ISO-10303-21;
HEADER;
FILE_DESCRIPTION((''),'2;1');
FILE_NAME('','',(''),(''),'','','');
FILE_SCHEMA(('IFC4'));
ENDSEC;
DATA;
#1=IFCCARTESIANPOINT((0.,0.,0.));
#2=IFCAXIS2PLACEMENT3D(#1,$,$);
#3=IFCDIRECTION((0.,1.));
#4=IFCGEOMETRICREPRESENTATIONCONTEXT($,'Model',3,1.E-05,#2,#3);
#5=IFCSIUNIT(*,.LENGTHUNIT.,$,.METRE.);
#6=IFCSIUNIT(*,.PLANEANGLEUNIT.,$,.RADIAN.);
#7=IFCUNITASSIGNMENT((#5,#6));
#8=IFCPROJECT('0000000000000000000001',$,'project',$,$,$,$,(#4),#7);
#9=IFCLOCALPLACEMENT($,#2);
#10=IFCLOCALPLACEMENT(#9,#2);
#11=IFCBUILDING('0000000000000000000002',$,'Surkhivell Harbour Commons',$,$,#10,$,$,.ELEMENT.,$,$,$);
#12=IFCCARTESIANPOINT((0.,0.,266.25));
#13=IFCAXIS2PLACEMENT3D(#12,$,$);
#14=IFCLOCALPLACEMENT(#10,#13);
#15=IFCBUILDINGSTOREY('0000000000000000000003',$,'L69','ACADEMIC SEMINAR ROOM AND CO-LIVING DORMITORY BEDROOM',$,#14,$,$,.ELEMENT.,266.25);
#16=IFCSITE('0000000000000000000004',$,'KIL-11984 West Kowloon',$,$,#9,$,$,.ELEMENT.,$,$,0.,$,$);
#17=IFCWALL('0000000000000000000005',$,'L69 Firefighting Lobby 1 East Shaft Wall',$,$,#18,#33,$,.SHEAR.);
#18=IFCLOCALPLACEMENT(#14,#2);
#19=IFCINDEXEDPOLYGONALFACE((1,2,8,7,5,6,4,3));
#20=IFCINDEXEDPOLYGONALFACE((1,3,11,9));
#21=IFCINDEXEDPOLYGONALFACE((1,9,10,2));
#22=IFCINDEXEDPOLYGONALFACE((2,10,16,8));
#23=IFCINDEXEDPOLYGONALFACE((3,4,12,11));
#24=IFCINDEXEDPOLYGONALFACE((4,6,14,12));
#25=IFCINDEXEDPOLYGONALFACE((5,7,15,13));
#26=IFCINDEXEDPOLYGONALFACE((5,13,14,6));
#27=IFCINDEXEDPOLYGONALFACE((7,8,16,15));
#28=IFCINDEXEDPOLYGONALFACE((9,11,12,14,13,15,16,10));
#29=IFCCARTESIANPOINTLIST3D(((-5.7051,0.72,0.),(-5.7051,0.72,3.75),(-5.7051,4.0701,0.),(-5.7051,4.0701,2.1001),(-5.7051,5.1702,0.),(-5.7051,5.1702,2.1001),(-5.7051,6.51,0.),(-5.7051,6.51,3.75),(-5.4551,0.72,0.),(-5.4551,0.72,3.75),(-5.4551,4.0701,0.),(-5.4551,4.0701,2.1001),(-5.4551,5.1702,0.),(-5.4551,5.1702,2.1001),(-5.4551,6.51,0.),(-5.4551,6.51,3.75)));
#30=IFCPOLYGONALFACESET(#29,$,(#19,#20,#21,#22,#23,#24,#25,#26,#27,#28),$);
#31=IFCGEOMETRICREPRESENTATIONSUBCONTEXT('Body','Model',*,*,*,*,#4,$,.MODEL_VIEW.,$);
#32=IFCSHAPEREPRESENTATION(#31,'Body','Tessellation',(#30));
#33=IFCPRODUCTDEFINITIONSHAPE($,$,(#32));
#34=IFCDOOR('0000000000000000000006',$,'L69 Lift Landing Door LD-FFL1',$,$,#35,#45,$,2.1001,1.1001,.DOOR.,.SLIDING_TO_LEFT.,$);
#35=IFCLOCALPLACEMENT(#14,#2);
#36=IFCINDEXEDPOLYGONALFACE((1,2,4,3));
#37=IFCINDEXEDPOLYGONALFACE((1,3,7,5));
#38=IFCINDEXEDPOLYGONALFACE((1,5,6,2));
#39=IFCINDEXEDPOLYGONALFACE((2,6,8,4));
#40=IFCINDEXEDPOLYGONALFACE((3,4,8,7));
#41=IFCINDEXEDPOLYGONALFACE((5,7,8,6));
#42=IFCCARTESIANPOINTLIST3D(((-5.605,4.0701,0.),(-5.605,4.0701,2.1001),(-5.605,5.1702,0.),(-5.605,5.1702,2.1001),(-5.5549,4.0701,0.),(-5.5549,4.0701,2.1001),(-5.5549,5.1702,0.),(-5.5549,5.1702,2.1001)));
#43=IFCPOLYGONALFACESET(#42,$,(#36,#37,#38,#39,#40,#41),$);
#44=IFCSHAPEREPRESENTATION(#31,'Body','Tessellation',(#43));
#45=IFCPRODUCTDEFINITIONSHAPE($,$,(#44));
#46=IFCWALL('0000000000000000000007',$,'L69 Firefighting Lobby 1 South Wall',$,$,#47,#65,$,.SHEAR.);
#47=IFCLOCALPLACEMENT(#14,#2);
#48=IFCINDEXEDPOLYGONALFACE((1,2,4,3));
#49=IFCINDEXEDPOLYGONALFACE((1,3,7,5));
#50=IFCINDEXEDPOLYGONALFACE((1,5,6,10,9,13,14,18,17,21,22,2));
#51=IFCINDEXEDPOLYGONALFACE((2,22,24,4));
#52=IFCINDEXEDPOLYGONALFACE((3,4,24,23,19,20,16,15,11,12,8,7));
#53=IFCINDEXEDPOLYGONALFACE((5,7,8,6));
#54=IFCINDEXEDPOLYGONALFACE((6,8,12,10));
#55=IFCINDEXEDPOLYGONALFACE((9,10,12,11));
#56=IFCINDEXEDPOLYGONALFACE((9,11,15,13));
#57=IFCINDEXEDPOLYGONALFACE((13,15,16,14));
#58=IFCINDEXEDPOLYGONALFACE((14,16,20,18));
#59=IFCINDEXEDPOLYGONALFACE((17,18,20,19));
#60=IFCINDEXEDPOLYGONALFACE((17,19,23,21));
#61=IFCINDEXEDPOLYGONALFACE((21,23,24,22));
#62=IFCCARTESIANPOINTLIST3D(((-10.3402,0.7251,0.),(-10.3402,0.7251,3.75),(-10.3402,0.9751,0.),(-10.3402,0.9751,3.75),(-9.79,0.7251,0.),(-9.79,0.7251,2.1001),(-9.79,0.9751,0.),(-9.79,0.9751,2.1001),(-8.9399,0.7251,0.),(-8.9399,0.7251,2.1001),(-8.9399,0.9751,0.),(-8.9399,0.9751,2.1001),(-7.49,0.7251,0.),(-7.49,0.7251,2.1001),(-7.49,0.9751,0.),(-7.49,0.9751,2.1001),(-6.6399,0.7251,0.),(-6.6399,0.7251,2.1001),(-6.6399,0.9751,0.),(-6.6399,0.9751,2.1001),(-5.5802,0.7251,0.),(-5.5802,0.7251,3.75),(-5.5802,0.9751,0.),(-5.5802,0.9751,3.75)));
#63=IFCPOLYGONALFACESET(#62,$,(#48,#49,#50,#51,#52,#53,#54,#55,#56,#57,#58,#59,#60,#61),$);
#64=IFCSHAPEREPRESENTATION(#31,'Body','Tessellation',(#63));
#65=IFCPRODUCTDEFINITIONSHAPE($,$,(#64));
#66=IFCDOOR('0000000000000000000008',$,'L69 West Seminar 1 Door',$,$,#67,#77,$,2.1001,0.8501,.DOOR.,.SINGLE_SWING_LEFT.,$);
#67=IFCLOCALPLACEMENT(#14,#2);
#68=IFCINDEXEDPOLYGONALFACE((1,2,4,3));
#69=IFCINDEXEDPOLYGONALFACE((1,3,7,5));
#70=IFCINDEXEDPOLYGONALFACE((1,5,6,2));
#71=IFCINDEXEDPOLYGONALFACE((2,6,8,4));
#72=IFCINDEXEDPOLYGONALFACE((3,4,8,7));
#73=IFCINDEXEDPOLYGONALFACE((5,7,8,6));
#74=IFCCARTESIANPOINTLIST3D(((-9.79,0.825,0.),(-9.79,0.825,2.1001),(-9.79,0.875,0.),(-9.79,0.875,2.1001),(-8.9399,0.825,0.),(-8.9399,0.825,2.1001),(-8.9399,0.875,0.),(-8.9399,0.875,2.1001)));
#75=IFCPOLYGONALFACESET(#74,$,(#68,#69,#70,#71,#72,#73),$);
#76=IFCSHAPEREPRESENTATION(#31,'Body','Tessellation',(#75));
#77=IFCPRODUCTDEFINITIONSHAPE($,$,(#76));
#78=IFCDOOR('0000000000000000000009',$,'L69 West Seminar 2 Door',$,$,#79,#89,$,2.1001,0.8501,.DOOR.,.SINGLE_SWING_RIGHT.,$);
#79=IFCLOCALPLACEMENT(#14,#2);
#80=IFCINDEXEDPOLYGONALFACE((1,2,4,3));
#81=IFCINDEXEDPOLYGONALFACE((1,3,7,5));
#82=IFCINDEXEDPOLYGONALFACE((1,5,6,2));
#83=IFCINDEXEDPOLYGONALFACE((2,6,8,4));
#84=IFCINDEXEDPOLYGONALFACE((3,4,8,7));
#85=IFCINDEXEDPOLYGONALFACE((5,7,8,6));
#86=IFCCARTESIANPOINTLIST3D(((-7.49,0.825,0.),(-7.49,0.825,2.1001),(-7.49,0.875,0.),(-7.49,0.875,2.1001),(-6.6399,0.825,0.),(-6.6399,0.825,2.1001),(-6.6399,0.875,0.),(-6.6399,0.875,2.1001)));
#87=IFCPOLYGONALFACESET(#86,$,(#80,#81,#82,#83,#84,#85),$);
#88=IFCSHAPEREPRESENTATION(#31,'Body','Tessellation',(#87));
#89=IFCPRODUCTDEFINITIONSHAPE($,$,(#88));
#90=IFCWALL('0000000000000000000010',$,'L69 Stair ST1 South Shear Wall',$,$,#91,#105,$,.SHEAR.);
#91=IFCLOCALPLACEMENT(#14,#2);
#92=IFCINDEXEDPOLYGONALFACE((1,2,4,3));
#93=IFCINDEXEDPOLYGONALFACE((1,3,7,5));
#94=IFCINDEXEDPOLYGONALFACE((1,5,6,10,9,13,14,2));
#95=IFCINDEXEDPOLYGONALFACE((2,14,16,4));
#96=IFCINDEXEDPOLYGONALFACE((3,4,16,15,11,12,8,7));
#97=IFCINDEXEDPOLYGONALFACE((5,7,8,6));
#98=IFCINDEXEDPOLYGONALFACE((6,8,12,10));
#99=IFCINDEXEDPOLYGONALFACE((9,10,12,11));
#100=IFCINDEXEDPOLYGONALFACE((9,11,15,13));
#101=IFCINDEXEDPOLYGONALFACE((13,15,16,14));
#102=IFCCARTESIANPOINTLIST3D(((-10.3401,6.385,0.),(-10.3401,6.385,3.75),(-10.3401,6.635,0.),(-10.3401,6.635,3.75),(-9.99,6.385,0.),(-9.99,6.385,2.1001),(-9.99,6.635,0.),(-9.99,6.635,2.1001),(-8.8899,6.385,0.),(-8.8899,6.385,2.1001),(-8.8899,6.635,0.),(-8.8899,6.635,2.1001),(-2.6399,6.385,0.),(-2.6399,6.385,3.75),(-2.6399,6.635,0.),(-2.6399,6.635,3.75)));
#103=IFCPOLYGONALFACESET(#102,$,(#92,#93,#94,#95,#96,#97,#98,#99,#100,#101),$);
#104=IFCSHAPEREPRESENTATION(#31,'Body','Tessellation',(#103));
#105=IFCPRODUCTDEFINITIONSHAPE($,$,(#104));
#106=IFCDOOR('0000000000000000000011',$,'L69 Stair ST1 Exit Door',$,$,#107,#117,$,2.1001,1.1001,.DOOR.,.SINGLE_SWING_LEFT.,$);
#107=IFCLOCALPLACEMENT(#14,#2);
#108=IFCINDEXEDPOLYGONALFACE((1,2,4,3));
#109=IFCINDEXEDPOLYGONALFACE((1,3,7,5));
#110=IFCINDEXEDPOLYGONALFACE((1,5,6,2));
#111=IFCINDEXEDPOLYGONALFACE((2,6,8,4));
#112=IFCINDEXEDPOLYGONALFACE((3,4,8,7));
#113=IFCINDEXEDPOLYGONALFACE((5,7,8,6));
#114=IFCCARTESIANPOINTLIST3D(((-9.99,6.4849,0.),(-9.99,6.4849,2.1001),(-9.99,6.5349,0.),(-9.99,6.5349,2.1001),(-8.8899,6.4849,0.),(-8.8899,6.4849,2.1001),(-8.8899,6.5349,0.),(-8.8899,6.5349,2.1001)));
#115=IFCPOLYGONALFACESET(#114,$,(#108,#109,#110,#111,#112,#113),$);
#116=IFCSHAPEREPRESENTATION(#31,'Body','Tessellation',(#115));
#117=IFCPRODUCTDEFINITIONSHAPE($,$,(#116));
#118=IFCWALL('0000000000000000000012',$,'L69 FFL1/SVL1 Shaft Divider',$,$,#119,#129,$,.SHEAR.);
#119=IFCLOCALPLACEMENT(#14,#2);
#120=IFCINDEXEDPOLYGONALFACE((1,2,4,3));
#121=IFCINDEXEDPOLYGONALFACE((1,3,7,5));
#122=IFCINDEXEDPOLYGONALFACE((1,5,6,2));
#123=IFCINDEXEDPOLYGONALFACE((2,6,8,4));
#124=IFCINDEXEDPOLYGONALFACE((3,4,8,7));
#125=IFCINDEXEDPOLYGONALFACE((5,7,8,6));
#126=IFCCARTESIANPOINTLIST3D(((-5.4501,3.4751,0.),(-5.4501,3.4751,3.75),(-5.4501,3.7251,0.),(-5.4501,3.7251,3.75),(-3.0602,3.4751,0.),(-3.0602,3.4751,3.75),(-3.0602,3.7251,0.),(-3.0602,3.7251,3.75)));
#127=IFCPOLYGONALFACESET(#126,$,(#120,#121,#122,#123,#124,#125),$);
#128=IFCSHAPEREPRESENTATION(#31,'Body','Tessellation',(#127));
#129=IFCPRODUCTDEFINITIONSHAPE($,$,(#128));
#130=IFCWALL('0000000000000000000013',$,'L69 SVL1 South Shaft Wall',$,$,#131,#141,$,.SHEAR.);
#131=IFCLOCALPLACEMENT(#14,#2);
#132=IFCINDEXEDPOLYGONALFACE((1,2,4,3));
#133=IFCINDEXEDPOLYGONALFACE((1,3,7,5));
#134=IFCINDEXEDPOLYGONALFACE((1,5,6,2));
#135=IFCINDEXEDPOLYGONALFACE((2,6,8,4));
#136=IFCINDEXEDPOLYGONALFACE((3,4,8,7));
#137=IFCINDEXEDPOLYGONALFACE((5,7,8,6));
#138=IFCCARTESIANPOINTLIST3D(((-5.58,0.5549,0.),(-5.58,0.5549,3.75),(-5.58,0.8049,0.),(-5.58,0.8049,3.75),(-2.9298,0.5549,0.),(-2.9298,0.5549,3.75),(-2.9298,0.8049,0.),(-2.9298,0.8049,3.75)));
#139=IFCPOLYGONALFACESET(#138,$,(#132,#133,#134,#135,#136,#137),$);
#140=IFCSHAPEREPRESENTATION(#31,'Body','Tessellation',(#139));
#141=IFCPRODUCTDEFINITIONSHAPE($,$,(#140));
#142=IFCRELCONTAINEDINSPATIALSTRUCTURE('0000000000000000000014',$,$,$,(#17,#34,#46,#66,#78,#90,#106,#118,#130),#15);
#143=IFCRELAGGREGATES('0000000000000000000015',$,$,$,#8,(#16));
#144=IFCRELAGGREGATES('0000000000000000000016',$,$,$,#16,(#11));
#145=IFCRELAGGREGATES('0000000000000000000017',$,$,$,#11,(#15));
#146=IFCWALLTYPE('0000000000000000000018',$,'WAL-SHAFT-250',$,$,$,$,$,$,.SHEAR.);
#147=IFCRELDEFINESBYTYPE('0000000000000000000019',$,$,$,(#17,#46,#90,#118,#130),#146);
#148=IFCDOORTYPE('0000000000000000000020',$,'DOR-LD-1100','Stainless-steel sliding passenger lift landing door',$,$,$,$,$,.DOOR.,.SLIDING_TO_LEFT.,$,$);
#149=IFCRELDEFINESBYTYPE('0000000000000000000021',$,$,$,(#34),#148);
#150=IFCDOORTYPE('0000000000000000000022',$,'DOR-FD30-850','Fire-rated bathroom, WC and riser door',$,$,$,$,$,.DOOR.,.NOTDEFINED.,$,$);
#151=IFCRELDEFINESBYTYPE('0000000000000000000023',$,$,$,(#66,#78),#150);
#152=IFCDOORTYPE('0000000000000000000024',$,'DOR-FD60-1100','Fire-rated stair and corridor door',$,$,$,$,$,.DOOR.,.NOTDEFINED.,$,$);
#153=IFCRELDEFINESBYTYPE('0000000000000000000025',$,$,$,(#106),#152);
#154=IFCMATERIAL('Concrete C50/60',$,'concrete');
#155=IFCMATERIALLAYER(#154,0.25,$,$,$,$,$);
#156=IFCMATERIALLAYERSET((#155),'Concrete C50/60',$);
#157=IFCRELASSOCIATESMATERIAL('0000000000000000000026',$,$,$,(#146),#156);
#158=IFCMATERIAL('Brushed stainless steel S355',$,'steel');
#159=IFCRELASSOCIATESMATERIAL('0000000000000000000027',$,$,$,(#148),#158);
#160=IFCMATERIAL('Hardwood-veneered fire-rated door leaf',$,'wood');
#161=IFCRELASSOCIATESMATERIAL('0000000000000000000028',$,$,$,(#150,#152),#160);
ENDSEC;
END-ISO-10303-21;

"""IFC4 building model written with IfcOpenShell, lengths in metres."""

from ifc_helpers import new_model, si_unit, direction, frame, frame_2d, origin, place, context, subcontext, project, spatial, rectangle, extrude, material, layer, layer_set, type_object, element, fill, save


model = new_model("IFC4")

# Units and contexts
model_context = context("Model", 3, precision=1e-05, world=origin(), true_north=direction((0.0, 1.0)))
body_context = subcontext(model_context, "Body", "Model", "MODEL_VIEW")
ifc_project = project(units=[si_unit("LENGTHUNIT", "METRE"), si_unit("PLANEANGLEUNIT", "RADIAN")], contexts=[model_context])

# Site, building, storey
site_placement = place(None, origin())
site = spatial("IfcSite", under=ifc_project, at=site_placement, Name="KIL-11984 West Kowloon", CompositionType="ELEMENT", RefElevation=0.0)
building_placement = place(site_placement, origin())
building = spatial("IfcBuilding", under=site, at=building_placement, Name="Surkhivell Harbour Commons", CompositionType="ELEMENT")
storey_placement = place(building_placement, frame((0.0, 0.0, 266.25)))
storey = spatial("IfcBuildingStorey", under=building, at=storey_placement, Name="L69", Description="ACADEMIC SEMINAR ROOM AND CO-LIVING DORMITORY BEDROOM", CompositionType="ELEMENT", Elevation=266.25)

# Shared definitions
ifc_material_1 = material(Name="Concrete C50/60", Category="concrete")

# Shared definitions
ifc_material_2 = material(Name="Hardwood-veneered fire-rated door leaf", Category="wood")

# Wall, opening, door
ifc_layer_1 = layer(ifc_material_1, 0.25)
ifc_layer_set_1 = layer_set([ifc_layer_1], Name="Concrete C50/60")
wall_type_1 = type_object("IfcWallType", Name="WAL-SHAFT-250", PredefinedType="SHEAR", material=ifc_layer_set_1)
wall_1_placement = place(storey_placement, frame((-5.5801, 0.72, 0.0), z_axis=(0.0, 0.0, 1.0), x_axis=(0.0, 1.0, 0.0)))
wall_1 = element("IfcWall", 1, at=wall_1_placement, inside=storey, type_object=wall_type_1, Name="L69 Firefighting Lobby 1 East Shaft Wall", PredefinedType="SHEAR", context=body_context, shape_type="SweptSolid", body=[
    extrude(rectangle(XDim=5.79, YDim=0.25, at=frame_2d((2.895, 0.0))), origin(), (0.0, 0.0, 1.0), 3.75),
])
opening_1_placement = place(wall_1_placement, frame((3.3501, 0.0, 0.0)))
opening_1 = element("IfcOpeningElement", 2, at=opening_1_placement, cuts=wall_1, PredefinedType="OPENING", context=body_context, shape_type="SweptSolid", body=[
    extrude(rectangle(XDim=1.1001, YDim=2.1001, at=frame_2d((0.55, 1.05))), frame((0.0, 0.135, 0.0), z_axis=(0.0, -1.0, 0.0), x_axis=(1.0, 0.0, 0.0)), (0.0, 0.0, 1.0), 0.27),
])
ifc_material_3 = material(Name="Brushed stainless steel S355", Category="steel")
door_type_1 = type_object("IfcDoorType", Name="DOR-LD-1100", Description="Stainless-steel sliding passenger lift landing door", OperationType="SLIDING_TO_LEFT", PredefinedType="DOOR", material=ifc_material_3)
door_1_placement = place(opening_1_placement, origin())
door_1 = element("IfcDoor", 3, at=door_1_placement, inside=storey, type_object=door_type_1, Name="L69 Lift Landing Door LD-FFL1", OperationType="SLIDING_TO_LEFT", OverallHeight=2.1001, OverallWidth=1.1001, PredefinedType="DOOR", context=body_context, shape_type="SweptSolid", body=[
    extrude(rectangle(XDim=1.1001, YDim=2.1001, at=frame_2d((0.55, 1.05))), frame((0.0, 0.0249, 0.0), z_axis=(0.0, -1.0, 0.0), x_axis=(1.0, 0.0, 0.0)), (0.0, 0.0, 1.0), 0.05),
])
fill(opening_1, door_1)

# Wall, openings, doors
wall_2_placement = place(storey_placement, frame((-10.3401, 0.8501, 0.0), z_axis=(0.0, 0.0, 1.0), x_axis=(1.0, 0.0, 0.0)))
wall_2 = element("IfcWall", 4, at=wall_2_placement, inside=storey, type_object=wall_type_1, Name="L69 Firefighting Lobby 1 South Wall", PredefinedType="SHEAR", context=body_context, shape_type="SweptSolid", body=[
    extrude(rectangle(XDim=4.76, YDim=0.25, at=frame_2d((2.3799, 0.0))), origin(), (0.0, 0.0, 1.0), 3.75),
])
opening_2_placement = place(wall_2_placement, frame((0.55, 0.0, 0.0)))
opening_2 = element("IfcOpeningElement", 5, at=opening_2_placement, cuts=wall_2, PredefinedType="OPENING", context=body_context, shape_type="SweptSolid", body=[
    extrude(rectangle(XDim=0.8501, YDim=2.1001, at=frame_2d((0.425, 1.05))), frame((0.0, 0.135, 0.0), z_axis=(0.0, -1.0, 0.0), x_axis=(1.0, 0.0, 0.0)), (0.0, 0.0, 1.0), 0.27),
])
opening_3_placement = place(wall_2_placement, frame((2.8501, 0.0, 0.0)))
opening_3 = element("IfcOpeningElement", 6, at=opening_3_placement, cuts=wall_2, PredefinedType="OPENING", context=body_context, shape_type="SweptSolid", body=[
    extrude(rectangle(XDim=0.8501, YDim=2.1001, at=frame_2d((0.425, 1.05))), frame((0.0, 0.135, 0.0), z_axis=(0.0, -1.0, 0.0), x_axis=(1.0, 0.0, 0.0)), (0.0, 0.0, 1.0), 0.27),
])
door_type_2 = type_object("IfcDoorType", Name="DOR-FD30-850", Description="Fire-rated bathroom, WC and riser door", OperationType="NOTDEFINED", PredefinedType="DOOR", material=ifc_material_2)
door_2_placement = place(opening_2_placement, origin())
door_2 = element("IfcDoor", 7, at=door_2_placement, inside=storey, type_object=door_type_2, Name="L69 West Seminar 1 Door", OperationType="SINGLE_SWING_LEFT", OverallHeight=2.1001, OverallWidth=0.8501, PredefinedType="DOOR", context=body_context, shape_type="SweptSolid", body=[
    extrude(rectangle(XDim=0.8501, YDim=2.1001, at=frame_2d((0.425, 1.05))), frame((0.0, 0.0249, 0.0), z_axis=(0.0, -1.0, 0.0), x_axis=(1.0, 0.0, 0.0)), (0.0, 0.0, 1.0), 0.05),
])
fill(opening_2, door_2)
door_3_placement = place(opening_3_placement, origin())
door_3 = element("IfcDoor", 8, at=door_3_placement, inside=storey, type_object=door_type_2, Name="L69 West Seminar 2 Door", OperationType="SINGLE_SWING_RIGHT", OverallHeight=2.1001, OverallWidth=0.8501, PredefinedType="DOOR", context=body_context, shape_type="SweptSolid", body=[
    extrude(rectangle(XDim=0.8501, YDim=2.1001, at=frame_2d((0.425, 1.05))), frame((0.0, 0.0249, 0.0), z_axis=(0.0, -1.0, 0.0), x_axis=(1.0, 0.0, 0.0)), (0.0, 0.0, 1.0), 0.05),
])
fill(opening_3, door_3)

# Wall, opening, door
wall_3_placement = place(storey_placement, frame((-10.3401, 6.51, 0.0), z_axis=(0.0, 0.0, 1.0), x_axis=(1.0, 0.0, 0.0)))
wall_3 = element("IfcWall", 9, at=wall_3_placement, inside=storey, type_object=wall_type_1, Name="L69 Stair ST1 South Shear Wall", PredefinedType="SHEAR", context=body_context, shape_type="SweptSolid", body=[
    extrude(rectangle(XDim=7.7002, YDim=0.25, at=frame_2d((3.8501, 0.0))), origin(), (0.0, 0.0, 1.0), 3.75),
])
opening_4_placement = place(wall_3_placement, frame((0.3501, 0.0, 0.0)))
opening_4 = element("IfcOpeningElement", 10, at=opening_4_placement, cuts=wall_3, PredefinedType="OPENING", context=body_context, shape_type="SweptSolid", body=[
    extrude(rectangle(XDim=1.1001, YDim=2.1001, at=frame_2d((0.55, 1.05))), frame((0.0, 0.135, 0.0), z_axis=(0.0, -1.0, 0.0), x_axis=(1.0, 0.0, 0.0)), (0.0, 0.0, 1.0), 0.27),
])
door_type_3 = type_object("IfcDoorType", Name="DOR-FD60-1100", Description="Fire-rated stair and corridor door", OperationType="NOTDEFINED", PredefinedType="DOOR", material=ifc_material_2)
door_4_placement = place(opening_4_placement, origin())
door_4 = element("IfcDoor", 11, at=door_4_placement, inside=storey, type_object=door_type_3, Name="L69 Stair ST1 Exit Door", OperationType="SINGLE_SWING_LEFT", OverallHeight=2.1001, OverallWidth=1.1001, PredefinedType="DOOR", context=body_context, shape_type="SweptSolid", body=[
    extrude(rectangle(XDim=1.1001, YDim=2.1001, at=frame_2d((0.55, 1.05))), frame((0.0, 0.0249, 0.0), z_axis=(0.0, -1.0, 0.0), x_axis=(1.0, 0.0, 0.0)), (0.0, 0.0, 1.0), 0.05),
])
fill(opening_4, door_4)

# Walls
wall_4_placement = place(storey_placement, frame((-5.45, 3.6001, 0.0), z_axis=(0.0, 0.0, 1.0), x_axis=(1.0, 0.0, 0.0)))
element("IfcWall", 12, at=wall_4_placement, inside=storey, type_object=wall_type_1, Name="L69 FFL1/SVL1 Shaft Divider", PredefinedType="SHEAR", context=body_context, shape_type="SweptSolid", body=[
    extrude(rectangle(XDim=2.3899, YDim=0.25, at=frame_2d((1.1948, 0.0))), origin(), (0.0, 0.0, 1.0), 3.75),
])
wall_5_placement = place(storey_placement, frame((-5.5801, 0.6799, 0.0), z_axis=(0.0, 0.0, 1.0), x_axis=(1.0, 0.0, 0.0)))
element("IfcWall", 13, at=wall_5_placement, inside=storey, type_object=wall_type_1, Name="L69 SVL1 South Shaft Wall", PredefinedType="SHEAR", context=body_context, shape_type="SweptSolid", body=[
    extrude(rectangle(XDim=2.6501, YDim=0.25, at=frame_2d((1.3252, 0.0))), origin(), (0.0, 0.0, 1.0), 3.75),
])

save(model, "model.ifc")
